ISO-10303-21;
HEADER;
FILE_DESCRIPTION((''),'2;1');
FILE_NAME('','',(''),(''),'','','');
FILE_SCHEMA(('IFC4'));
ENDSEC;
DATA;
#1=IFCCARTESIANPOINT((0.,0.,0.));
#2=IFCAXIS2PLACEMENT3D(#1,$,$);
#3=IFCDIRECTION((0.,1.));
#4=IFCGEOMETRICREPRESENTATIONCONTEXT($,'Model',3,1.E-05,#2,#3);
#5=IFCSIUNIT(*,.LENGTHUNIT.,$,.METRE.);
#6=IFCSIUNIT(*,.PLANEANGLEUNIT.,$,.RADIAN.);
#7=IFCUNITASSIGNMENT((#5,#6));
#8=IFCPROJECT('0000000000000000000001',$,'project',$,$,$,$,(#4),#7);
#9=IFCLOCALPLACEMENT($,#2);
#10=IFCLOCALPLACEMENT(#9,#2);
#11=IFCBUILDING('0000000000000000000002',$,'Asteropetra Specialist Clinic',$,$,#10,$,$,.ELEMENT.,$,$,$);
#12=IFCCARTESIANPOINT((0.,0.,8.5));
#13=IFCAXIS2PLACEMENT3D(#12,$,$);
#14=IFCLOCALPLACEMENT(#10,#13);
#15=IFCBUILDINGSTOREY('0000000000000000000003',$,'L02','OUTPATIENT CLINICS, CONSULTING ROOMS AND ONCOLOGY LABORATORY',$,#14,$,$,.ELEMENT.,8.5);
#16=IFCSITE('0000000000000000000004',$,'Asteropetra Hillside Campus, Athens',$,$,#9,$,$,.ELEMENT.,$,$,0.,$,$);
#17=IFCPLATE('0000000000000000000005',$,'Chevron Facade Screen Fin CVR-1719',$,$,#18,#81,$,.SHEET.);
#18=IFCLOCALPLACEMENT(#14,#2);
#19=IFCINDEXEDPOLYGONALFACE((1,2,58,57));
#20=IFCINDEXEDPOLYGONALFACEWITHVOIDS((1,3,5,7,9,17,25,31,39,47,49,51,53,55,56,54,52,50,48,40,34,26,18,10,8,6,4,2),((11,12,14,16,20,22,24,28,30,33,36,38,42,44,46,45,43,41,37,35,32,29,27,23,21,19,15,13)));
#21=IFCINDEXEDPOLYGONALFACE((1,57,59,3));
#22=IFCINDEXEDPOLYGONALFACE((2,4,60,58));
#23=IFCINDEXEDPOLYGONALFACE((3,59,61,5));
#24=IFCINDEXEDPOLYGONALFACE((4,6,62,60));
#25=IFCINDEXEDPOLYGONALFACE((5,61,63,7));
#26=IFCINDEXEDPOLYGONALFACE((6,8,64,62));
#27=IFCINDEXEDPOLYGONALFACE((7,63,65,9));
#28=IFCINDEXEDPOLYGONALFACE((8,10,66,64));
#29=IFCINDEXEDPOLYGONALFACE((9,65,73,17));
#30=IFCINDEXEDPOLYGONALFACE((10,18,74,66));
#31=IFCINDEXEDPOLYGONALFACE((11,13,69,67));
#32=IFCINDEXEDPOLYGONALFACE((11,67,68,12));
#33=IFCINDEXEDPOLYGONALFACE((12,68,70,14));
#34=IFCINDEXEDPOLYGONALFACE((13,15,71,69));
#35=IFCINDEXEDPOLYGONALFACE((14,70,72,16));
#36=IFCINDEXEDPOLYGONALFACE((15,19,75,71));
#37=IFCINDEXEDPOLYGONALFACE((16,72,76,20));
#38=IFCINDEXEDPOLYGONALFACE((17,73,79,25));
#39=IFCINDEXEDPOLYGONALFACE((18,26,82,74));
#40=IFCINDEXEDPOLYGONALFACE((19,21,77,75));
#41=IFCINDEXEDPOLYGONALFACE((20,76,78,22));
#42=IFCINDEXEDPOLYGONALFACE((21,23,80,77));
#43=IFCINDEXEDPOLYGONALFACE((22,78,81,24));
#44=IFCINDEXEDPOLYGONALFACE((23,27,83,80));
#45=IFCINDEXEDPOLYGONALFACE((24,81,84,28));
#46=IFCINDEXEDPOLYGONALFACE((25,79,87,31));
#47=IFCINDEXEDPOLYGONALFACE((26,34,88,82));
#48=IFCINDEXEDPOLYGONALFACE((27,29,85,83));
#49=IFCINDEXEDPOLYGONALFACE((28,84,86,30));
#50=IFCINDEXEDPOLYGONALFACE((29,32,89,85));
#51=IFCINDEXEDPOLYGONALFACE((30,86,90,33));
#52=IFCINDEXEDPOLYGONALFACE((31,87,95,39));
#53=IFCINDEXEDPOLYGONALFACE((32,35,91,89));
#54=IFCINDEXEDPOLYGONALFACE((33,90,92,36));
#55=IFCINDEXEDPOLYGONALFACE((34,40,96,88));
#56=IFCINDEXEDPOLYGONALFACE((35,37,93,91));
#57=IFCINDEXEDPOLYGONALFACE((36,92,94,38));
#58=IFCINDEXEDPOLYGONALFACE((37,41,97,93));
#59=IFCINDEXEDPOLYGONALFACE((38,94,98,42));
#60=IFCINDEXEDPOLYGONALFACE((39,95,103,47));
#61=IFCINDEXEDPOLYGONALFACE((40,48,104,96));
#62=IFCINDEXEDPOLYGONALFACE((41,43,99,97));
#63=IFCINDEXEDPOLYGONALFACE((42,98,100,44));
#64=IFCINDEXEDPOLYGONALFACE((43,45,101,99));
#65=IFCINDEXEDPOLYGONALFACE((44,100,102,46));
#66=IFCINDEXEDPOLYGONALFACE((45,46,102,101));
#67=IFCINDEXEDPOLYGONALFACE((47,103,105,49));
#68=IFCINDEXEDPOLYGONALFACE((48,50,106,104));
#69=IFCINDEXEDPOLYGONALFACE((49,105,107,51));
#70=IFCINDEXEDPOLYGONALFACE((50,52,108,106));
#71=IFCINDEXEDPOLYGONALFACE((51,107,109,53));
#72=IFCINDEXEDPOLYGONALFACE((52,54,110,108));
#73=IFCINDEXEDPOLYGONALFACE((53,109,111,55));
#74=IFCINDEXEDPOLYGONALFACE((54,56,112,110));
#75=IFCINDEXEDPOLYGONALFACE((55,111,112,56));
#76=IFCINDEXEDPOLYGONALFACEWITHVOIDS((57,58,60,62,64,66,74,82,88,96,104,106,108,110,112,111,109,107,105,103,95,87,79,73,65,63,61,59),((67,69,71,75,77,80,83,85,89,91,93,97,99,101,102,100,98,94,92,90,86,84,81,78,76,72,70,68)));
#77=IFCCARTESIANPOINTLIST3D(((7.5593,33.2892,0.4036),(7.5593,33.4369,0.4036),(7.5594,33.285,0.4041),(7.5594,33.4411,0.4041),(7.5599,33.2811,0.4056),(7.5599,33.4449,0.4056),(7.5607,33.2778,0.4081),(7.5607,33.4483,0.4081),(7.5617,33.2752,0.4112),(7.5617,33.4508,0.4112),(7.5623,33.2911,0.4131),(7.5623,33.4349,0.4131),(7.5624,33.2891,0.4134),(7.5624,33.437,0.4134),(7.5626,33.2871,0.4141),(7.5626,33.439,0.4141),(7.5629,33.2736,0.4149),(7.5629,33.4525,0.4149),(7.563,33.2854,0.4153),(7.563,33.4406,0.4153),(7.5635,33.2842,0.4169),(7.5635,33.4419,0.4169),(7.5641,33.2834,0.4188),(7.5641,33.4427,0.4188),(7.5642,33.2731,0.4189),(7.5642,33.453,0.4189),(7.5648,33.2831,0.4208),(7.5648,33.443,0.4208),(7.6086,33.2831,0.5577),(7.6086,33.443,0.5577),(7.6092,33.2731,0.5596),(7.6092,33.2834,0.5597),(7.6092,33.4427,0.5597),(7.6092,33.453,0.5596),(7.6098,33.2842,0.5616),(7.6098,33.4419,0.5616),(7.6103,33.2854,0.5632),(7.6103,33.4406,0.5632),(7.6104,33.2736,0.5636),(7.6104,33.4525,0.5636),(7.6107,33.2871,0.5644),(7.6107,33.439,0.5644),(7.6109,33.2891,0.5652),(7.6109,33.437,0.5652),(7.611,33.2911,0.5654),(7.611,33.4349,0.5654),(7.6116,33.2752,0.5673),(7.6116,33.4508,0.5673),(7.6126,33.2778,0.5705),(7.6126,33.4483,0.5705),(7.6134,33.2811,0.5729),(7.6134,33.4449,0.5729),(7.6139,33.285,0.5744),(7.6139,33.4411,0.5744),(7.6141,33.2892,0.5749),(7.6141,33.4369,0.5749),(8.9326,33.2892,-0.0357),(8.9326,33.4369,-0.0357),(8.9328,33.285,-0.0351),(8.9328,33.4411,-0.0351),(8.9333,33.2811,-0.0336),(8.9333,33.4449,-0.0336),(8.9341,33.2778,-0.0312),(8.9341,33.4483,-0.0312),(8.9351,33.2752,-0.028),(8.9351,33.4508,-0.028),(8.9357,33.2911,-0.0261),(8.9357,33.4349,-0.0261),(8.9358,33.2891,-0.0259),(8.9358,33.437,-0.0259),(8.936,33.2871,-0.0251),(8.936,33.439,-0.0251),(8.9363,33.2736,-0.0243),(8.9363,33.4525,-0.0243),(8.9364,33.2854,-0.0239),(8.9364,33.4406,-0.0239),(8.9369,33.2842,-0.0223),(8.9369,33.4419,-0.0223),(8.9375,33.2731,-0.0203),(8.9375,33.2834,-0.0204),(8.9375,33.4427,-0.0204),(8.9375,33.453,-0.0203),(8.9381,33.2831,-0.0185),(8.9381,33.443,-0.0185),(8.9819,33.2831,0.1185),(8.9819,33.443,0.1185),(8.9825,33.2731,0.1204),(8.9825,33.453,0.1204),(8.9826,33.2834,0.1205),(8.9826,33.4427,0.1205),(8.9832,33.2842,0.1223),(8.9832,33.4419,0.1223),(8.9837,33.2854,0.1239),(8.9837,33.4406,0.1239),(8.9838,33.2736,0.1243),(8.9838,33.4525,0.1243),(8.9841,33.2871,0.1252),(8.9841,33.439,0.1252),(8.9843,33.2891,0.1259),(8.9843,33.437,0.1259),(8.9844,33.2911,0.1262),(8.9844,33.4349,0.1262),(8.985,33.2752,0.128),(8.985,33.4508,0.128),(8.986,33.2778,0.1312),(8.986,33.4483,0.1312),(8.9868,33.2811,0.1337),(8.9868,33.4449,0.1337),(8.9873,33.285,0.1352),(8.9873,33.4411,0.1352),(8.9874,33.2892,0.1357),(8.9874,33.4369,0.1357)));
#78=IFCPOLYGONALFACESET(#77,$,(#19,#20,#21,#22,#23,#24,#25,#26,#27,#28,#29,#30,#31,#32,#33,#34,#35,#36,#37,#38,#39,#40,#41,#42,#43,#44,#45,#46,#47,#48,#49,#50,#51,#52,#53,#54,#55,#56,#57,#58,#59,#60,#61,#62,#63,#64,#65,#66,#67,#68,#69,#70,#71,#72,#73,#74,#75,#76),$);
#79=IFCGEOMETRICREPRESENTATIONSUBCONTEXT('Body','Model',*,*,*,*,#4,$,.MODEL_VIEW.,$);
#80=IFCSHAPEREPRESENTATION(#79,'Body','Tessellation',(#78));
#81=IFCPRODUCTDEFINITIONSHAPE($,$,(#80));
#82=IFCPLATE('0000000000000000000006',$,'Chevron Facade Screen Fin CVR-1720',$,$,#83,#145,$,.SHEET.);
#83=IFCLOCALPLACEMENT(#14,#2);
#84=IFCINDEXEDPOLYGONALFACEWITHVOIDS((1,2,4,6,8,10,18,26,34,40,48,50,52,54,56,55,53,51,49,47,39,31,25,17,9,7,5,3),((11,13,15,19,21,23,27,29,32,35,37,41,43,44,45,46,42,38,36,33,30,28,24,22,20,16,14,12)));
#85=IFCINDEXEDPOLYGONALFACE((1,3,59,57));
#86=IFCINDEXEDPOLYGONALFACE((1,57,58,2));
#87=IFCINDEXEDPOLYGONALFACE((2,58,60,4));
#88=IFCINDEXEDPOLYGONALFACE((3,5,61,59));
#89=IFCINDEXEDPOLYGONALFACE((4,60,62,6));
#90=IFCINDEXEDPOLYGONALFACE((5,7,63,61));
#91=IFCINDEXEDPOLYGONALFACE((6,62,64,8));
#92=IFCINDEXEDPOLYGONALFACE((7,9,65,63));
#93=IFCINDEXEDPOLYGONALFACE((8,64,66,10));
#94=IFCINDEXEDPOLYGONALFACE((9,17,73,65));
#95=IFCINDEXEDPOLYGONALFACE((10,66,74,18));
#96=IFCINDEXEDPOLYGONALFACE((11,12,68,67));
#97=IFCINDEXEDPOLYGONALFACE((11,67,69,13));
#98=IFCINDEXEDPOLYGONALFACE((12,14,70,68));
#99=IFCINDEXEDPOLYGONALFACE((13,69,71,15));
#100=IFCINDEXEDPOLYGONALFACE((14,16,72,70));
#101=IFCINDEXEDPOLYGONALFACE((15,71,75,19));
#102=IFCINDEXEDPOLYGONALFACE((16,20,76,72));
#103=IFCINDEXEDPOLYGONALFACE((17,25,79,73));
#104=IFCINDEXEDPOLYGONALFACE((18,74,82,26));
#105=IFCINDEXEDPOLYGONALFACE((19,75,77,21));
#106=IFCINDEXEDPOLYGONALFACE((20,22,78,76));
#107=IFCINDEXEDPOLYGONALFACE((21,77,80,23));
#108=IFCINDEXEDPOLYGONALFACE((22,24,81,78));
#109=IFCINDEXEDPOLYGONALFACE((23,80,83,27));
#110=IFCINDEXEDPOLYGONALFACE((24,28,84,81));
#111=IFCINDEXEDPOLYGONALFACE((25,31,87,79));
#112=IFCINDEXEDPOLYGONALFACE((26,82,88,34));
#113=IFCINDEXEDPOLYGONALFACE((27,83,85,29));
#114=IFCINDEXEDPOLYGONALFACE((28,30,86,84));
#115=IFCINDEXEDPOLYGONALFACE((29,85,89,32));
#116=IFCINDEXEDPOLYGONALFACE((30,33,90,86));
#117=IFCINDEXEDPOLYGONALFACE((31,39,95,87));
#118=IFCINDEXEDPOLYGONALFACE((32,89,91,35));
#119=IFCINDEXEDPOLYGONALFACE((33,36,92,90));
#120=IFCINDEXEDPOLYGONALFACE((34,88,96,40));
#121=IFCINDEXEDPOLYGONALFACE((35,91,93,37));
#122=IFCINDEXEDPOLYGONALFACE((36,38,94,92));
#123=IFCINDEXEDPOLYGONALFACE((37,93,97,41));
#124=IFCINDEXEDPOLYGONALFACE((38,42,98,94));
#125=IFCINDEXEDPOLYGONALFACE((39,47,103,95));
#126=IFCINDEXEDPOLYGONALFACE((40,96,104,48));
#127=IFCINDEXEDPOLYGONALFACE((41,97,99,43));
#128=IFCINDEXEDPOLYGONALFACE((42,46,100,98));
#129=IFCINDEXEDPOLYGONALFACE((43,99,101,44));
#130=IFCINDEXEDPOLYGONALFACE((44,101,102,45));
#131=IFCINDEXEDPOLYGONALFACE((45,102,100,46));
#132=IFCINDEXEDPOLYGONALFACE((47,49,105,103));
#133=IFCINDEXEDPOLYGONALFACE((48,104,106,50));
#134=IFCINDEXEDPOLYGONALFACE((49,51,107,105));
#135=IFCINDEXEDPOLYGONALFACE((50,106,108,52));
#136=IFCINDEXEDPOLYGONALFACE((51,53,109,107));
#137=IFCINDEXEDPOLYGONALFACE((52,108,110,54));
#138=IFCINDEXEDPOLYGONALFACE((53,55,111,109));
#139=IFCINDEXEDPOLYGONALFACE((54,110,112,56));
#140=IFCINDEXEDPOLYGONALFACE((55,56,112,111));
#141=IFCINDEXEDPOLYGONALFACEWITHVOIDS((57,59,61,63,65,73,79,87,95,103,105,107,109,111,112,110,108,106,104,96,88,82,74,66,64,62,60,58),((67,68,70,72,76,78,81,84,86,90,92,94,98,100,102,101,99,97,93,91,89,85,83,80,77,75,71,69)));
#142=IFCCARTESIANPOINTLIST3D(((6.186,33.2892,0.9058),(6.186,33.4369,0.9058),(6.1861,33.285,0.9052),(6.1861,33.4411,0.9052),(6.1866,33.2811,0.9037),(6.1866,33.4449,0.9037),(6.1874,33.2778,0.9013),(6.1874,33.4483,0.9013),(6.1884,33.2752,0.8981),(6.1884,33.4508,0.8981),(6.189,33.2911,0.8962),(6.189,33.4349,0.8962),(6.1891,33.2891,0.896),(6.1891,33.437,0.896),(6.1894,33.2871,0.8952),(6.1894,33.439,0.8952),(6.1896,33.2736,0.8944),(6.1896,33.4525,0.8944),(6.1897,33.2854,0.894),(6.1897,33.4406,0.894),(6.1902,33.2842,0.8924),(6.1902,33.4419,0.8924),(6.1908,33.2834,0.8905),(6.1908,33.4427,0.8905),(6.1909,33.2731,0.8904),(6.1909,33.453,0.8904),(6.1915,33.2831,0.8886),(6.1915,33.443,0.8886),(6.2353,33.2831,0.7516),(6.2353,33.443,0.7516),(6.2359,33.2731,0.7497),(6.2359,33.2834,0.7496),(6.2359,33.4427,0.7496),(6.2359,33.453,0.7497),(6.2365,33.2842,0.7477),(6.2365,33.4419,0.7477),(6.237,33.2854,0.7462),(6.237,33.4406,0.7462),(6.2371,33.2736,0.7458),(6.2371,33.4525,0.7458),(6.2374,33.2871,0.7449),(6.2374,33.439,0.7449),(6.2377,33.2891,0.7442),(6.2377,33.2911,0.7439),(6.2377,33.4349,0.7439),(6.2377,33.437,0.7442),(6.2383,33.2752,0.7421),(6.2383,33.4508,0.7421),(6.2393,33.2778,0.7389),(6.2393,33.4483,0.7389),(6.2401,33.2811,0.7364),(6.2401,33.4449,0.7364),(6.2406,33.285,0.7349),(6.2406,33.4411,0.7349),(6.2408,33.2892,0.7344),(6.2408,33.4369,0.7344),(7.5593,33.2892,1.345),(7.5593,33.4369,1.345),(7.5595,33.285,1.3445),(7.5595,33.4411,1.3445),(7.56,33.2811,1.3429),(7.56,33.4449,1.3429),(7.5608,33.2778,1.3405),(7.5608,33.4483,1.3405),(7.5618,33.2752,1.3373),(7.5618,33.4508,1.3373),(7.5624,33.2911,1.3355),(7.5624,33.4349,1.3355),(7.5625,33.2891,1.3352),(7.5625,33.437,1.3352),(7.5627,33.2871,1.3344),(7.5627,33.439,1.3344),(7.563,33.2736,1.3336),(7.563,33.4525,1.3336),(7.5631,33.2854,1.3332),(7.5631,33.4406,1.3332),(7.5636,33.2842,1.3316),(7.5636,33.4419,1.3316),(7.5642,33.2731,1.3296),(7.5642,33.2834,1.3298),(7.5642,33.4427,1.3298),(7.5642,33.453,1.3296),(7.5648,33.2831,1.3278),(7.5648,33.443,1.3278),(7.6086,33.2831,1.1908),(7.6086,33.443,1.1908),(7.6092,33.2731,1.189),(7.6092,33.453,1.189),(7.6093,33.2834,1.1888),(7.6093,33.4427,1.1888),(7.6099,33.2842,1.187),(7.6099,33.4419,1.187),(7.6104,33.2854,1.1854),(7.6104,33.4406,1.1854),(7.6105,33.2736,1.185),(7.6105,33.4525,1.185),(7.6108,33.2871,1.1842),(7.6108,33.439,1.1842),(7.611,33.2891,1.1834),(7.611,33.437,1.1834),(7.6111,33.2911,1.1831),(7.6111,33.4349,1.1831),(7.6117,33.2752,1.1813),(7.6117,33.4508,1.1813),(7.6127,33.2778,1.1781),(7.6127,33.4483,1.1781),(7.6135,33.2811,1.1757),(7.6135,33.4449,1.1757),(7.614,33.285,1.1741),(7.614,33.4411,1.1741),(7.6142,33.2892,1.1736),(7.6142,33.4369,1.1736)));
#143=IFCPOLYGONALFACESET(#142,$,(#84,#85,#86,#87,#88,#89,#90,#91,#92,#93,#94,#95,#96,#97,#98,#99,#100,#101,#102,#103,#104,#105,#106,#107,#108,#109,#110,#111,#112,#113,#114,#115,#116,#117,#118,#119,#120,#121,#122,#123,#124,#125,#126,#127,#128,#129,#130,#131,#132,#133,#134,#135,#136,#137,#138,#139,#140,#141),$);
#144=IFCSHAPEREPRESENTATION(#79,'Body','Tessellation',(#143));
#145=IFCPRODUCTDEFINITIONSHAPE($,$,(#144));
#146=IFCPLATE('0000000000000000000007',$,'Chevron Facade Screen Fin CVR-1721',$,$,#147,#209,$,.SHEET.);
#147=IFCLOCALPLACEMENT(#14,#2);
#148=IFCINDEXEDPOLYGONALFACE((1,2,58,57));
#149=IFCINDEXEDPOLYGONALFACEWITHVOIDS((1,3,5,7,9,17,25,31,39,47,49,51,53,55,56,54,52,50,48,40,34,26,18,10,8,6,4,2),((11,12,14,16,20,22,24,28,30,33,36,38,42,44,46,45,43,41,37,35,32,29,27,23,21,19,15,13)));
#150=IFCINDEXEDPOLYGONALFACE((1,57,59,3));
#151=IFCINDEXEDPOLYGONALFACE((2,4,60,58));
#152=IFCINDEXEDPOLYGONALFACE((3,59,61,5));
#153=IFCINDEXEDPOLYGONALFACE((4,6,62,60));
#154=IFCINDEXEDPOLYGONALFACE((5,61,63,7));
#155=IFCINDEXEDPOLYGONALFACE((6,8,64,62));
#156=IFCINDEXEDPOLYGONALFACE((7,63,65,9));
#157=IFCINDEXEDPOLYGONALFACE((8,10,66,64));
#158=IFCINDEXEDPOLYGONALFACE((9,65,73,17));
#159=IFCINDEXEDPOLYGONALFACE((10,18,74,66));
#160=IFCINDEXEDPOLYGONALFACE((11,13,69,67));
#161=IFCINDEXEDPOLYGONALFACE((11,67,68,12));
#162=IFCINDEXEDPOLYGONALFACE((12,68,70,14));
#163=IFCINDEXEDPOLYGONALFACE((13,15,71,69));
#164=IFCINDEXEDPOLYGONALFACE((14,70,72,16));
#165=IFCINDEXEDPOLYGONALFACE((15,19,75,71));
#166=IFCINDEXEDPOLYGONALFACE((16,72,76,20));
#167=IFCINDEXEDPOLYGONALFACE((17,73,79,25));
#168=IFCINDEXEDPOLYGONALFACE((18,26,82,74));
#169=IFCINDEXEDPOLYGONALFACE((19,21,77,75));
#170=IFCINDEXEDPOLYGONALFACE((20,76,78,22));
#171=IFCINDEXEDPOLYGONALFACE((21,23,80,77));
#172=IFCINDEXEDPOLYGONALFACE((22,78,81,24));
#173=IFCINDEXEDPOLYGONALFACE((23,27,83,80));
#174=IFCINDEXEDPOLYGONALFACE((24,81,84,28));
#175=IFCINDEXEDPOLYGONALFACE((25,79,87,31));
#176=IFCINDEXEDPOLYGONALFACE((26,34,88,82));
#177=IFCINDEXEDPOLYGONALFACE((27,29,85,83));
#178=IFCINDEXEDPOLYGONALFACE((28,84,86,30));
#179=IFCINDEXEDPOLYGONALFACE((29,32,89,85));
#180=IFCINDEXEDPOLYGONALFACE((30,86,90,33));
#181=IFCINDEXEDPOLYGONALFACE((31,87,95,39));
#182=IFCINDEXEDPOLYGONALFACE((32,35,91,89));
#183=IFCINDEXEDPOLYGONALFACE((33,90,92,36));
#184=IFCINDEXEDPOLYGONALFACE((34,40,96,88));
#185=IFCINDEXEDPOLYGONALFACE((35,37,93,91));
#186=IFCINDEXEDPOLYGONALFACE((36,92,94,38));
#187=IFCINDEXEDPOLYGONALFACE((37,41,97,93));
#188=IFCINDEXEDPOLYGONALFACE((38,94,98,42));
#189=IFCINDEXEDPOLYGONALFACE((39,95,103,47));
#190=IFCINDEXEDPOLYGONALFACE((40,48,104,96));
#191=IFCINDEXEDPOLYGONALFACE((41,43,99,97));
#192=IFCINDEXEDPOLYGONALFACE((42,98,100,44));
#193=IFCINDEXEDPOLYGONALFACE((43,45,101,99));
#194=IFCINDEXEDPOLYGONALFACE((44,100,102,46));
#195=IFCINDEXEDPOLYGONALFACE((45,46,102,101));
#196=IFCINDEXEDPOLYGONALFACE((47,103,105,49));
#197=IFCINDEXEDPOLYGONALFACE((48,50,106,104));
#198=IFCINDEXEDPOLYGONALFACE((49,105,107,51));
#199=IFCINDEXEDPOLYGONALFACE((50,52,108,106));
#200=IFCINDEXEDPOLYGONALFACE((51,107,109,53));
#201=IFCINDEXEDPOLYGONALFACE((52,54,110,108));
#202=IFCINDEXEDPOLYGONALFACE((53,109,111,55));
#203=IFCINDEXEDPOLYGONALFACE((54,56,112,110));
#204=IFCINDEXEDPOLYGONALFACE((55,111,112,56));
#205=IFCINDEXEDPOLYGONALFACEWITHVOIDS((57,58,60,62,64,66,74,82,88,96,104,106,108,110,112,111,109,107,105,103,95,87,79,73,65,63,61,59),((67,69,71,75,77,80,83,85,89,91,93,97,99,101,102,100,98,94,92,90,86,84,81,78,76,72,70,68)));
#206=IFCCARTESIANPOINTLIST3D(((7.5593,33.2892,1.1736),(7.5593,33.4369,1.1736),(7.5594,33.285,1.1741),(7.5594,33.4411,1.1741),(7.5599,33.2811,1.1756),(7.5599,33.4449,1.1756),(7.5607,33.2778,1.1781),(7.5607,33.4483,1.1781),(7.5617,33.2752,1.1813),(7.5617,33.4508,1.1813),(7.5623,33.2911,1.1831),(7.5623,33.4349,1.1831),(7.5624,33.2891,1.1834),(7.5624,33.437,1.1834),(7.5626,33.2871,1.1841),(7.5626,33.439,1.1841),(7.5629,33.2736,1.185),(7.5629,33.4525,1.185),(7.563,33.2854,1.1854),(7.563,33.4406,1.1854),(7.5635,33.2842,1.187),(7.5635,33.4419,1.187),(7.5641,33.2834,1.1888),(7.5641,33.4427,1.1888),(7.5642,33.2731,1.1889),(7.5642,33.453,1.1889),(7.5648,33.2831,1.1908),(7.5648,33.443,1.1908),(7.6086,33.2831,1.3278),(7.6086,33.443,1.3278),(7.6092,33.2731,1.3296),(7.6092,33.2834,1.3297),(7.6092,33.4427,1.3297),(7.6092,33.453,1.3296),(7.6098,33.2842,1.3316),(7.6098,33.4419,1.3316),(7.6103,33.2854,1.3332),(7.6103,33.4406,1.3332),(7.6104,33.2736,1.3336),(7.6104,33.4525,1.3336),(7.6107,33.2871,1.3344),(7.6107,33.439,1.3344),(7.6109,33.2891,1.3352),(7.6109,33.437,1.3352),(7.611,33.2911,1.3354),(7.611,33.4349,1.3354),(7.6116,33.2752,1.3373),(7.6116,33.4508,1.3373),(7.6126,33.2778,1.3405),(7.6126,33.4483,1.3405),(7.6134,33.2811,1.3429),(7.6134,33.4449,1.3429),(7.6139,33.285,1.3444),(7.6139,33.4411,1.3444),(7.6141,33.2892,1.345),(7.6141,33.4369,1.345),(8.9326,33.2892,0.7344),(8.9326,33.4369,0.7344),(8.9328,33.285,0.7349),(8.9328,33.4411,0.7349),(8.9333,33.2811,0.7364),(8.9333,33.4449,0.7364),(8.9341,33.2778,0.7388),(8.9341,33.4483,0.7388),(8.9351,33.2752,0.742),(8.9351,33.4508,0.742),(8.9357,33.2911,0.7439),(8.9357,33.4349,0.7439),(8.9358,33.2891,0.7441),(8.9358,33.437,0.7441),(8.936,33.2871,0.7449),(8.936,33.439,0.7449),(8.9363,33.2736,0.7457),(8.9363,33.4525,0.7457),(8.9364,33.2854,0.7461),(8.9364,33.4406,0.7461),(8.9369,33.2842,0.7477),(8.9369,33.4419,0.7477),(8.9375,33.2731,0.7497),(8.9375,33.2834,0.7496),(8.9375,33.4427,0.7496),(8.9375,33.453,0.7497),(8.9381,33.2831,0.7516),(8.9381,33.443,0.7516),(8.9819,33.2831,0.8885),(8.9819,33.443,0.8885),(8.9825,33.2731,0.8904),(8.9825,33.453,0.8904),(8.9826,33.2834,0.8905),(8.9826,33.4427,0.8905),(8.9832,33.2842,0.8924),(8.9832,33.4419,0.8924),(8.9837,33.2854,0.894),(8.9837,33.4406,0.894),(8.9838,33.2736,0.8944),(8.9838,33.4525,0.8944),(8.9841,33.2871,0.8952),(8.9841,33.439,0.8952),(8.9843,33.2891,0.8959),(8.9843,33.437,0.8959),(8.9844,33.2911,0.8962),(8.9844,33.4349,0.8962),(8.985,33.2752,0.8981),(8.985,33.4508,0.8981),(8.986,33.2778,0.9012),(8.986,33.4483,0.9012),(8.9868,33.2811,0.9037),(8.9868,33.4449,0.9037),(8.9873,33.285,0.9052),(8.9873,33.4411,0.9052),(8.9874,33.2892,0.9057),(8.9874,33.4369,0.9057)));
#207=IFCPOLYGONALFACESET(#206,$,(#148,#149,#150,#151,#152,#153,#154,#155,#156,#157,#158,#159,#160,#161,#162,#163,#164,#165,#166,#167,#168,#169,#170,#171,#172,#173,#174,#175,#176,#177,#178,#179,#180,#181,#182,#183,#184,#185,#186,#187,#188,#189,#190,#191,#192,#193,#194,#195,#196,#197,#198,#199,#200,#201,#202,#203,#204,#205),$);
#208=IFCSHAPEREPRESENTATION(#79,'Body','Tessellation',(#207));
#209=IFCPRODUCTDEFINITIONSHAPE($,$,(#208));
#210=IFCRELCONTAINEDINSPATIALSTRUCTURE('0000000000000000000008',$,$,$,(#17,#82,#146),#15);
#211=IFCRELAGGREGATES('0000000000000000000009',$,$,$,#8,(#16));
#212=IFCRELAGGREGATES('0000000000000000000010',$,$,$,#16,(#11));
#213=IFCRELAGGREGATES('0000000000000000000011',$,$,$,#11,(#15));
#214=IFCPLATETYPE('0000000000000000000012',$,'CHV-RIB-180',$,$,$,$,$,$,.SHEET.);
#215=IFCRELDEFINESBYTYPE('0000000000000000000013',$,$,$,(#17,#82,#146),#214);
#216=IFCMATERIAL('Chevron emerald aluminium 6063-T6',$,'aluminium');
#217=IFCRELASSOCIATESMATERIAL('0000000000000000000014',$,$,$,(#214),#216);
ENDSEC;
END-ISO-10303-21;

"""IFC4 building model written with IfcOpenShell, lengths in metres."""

from ifc_helpers import new_model, si_unit, direction, frame, origin, origin_2d, place, context, subcontext, project, spatial, hollow_rectangle, extrude, material, material_profile, profile_set, type_object, element, save


model = new_model("IFC4")

# Units and contexts
model_context = context("Model", 3, precision=1e-05, world=origin(), true_north=direction((0.0, 1.0)))
body_context = subcontext(model_context, "Body", "Model", "MODEL_VIEW")
ifc_project = project(units=[si_unit("LENGTHUNIT", "METRE"), si_unit("PLANEANGLEUNIT", "RADIAN")], contexts=[model_context])

# Site, building, storey
site_placement = place(None, origin())
site = spatial("IfcSite", under=ifc_project, at=site_placement, Name="Asteropetra Hillside Campus, Athens", CompositionType="ELEMENT", RefElevation=0.0)
building_placement = place(site_placement, origin())
building = spatial("IfcBuilding", under=site, at=building_placement, Name="Asteropetra Specialist Clinic", CompositionType="ELEMENT")
storey_placement = place(building_placement, frame((0.0, 0.0, 8.5)))
storey = spatial("IfcBuildingStorey", under=building, at=storey_placement, Name="L02", Description="OUTPATIENT CLINICS, CONSULTING ROOMS AND ONCOLOGY LABORATORY", CompositionType="ELEMENT", Elevation=8.5)

# Plates
ifc_material_1 = material(Name="Chevron emerald aluminium 6063-T6", Category="aluminium")
ifc_material_profile_1 = material_profile(ifc_material_1, hollow_rectangle(XDim=0.1799, YDim=0.1799, WallThickness=0.01, InnerFilletRadius=0.0081, OuterFilletRadius=0.0161, at=origin_2d()), Name="SHS 180x180x10.0")
ifc_profile_set_1 = profile_set([ifc_material_profile_1], Name="Chevron emerald aluminium 6063-T6")
plate_type_1 = type_object("IfcPlateType", Name="CHV-RIB-180", PredefinedType="SHEET", material=ifc_profile_set_1)
for number, where, z_axis, x_axis, name in (
    (1, (7.5867, 33.363, 0.4893), (0.952473, 0.0, -0.304622), (0.0, 1.0, 0.0), "Chevron Facade Screen Fin CVR-1719"),
    (2, (6.2134, 33.363, 0.8201), (0.952473, 0.0, 0.304622), (0.0, 1.0, 0.0), "Chevron Facade Screen Fin CVR-1720"),
    (3, (7.5867, 33.363, 1.2593), (0.952473, 0.0, -0.304622), (0.0, 1.0, 0.0), "Chevron Facade Screen Fin CVR-1721"),
):
    element("IfcPlate", number, at=place(storey_placement, frame(where, z_axis=z_axis, x_axis=x_axis)), inside=storey, type_object=plate_type_1, Name=name, PredefinedType="SHEET", context=body_context, shape_type="SweptSolid", body=[
        extrude(hollow_rectangle(XDim=0.1799, YDim=0.1799, WallThickness=0.01, InnerFilletRadius=0.0081, OuterFilletRadius=0.0161, at=origin_2d()), origin(), (0.0, 0.0, 1.0), 1.4419),
    ])

save(model, "model.ifc")
